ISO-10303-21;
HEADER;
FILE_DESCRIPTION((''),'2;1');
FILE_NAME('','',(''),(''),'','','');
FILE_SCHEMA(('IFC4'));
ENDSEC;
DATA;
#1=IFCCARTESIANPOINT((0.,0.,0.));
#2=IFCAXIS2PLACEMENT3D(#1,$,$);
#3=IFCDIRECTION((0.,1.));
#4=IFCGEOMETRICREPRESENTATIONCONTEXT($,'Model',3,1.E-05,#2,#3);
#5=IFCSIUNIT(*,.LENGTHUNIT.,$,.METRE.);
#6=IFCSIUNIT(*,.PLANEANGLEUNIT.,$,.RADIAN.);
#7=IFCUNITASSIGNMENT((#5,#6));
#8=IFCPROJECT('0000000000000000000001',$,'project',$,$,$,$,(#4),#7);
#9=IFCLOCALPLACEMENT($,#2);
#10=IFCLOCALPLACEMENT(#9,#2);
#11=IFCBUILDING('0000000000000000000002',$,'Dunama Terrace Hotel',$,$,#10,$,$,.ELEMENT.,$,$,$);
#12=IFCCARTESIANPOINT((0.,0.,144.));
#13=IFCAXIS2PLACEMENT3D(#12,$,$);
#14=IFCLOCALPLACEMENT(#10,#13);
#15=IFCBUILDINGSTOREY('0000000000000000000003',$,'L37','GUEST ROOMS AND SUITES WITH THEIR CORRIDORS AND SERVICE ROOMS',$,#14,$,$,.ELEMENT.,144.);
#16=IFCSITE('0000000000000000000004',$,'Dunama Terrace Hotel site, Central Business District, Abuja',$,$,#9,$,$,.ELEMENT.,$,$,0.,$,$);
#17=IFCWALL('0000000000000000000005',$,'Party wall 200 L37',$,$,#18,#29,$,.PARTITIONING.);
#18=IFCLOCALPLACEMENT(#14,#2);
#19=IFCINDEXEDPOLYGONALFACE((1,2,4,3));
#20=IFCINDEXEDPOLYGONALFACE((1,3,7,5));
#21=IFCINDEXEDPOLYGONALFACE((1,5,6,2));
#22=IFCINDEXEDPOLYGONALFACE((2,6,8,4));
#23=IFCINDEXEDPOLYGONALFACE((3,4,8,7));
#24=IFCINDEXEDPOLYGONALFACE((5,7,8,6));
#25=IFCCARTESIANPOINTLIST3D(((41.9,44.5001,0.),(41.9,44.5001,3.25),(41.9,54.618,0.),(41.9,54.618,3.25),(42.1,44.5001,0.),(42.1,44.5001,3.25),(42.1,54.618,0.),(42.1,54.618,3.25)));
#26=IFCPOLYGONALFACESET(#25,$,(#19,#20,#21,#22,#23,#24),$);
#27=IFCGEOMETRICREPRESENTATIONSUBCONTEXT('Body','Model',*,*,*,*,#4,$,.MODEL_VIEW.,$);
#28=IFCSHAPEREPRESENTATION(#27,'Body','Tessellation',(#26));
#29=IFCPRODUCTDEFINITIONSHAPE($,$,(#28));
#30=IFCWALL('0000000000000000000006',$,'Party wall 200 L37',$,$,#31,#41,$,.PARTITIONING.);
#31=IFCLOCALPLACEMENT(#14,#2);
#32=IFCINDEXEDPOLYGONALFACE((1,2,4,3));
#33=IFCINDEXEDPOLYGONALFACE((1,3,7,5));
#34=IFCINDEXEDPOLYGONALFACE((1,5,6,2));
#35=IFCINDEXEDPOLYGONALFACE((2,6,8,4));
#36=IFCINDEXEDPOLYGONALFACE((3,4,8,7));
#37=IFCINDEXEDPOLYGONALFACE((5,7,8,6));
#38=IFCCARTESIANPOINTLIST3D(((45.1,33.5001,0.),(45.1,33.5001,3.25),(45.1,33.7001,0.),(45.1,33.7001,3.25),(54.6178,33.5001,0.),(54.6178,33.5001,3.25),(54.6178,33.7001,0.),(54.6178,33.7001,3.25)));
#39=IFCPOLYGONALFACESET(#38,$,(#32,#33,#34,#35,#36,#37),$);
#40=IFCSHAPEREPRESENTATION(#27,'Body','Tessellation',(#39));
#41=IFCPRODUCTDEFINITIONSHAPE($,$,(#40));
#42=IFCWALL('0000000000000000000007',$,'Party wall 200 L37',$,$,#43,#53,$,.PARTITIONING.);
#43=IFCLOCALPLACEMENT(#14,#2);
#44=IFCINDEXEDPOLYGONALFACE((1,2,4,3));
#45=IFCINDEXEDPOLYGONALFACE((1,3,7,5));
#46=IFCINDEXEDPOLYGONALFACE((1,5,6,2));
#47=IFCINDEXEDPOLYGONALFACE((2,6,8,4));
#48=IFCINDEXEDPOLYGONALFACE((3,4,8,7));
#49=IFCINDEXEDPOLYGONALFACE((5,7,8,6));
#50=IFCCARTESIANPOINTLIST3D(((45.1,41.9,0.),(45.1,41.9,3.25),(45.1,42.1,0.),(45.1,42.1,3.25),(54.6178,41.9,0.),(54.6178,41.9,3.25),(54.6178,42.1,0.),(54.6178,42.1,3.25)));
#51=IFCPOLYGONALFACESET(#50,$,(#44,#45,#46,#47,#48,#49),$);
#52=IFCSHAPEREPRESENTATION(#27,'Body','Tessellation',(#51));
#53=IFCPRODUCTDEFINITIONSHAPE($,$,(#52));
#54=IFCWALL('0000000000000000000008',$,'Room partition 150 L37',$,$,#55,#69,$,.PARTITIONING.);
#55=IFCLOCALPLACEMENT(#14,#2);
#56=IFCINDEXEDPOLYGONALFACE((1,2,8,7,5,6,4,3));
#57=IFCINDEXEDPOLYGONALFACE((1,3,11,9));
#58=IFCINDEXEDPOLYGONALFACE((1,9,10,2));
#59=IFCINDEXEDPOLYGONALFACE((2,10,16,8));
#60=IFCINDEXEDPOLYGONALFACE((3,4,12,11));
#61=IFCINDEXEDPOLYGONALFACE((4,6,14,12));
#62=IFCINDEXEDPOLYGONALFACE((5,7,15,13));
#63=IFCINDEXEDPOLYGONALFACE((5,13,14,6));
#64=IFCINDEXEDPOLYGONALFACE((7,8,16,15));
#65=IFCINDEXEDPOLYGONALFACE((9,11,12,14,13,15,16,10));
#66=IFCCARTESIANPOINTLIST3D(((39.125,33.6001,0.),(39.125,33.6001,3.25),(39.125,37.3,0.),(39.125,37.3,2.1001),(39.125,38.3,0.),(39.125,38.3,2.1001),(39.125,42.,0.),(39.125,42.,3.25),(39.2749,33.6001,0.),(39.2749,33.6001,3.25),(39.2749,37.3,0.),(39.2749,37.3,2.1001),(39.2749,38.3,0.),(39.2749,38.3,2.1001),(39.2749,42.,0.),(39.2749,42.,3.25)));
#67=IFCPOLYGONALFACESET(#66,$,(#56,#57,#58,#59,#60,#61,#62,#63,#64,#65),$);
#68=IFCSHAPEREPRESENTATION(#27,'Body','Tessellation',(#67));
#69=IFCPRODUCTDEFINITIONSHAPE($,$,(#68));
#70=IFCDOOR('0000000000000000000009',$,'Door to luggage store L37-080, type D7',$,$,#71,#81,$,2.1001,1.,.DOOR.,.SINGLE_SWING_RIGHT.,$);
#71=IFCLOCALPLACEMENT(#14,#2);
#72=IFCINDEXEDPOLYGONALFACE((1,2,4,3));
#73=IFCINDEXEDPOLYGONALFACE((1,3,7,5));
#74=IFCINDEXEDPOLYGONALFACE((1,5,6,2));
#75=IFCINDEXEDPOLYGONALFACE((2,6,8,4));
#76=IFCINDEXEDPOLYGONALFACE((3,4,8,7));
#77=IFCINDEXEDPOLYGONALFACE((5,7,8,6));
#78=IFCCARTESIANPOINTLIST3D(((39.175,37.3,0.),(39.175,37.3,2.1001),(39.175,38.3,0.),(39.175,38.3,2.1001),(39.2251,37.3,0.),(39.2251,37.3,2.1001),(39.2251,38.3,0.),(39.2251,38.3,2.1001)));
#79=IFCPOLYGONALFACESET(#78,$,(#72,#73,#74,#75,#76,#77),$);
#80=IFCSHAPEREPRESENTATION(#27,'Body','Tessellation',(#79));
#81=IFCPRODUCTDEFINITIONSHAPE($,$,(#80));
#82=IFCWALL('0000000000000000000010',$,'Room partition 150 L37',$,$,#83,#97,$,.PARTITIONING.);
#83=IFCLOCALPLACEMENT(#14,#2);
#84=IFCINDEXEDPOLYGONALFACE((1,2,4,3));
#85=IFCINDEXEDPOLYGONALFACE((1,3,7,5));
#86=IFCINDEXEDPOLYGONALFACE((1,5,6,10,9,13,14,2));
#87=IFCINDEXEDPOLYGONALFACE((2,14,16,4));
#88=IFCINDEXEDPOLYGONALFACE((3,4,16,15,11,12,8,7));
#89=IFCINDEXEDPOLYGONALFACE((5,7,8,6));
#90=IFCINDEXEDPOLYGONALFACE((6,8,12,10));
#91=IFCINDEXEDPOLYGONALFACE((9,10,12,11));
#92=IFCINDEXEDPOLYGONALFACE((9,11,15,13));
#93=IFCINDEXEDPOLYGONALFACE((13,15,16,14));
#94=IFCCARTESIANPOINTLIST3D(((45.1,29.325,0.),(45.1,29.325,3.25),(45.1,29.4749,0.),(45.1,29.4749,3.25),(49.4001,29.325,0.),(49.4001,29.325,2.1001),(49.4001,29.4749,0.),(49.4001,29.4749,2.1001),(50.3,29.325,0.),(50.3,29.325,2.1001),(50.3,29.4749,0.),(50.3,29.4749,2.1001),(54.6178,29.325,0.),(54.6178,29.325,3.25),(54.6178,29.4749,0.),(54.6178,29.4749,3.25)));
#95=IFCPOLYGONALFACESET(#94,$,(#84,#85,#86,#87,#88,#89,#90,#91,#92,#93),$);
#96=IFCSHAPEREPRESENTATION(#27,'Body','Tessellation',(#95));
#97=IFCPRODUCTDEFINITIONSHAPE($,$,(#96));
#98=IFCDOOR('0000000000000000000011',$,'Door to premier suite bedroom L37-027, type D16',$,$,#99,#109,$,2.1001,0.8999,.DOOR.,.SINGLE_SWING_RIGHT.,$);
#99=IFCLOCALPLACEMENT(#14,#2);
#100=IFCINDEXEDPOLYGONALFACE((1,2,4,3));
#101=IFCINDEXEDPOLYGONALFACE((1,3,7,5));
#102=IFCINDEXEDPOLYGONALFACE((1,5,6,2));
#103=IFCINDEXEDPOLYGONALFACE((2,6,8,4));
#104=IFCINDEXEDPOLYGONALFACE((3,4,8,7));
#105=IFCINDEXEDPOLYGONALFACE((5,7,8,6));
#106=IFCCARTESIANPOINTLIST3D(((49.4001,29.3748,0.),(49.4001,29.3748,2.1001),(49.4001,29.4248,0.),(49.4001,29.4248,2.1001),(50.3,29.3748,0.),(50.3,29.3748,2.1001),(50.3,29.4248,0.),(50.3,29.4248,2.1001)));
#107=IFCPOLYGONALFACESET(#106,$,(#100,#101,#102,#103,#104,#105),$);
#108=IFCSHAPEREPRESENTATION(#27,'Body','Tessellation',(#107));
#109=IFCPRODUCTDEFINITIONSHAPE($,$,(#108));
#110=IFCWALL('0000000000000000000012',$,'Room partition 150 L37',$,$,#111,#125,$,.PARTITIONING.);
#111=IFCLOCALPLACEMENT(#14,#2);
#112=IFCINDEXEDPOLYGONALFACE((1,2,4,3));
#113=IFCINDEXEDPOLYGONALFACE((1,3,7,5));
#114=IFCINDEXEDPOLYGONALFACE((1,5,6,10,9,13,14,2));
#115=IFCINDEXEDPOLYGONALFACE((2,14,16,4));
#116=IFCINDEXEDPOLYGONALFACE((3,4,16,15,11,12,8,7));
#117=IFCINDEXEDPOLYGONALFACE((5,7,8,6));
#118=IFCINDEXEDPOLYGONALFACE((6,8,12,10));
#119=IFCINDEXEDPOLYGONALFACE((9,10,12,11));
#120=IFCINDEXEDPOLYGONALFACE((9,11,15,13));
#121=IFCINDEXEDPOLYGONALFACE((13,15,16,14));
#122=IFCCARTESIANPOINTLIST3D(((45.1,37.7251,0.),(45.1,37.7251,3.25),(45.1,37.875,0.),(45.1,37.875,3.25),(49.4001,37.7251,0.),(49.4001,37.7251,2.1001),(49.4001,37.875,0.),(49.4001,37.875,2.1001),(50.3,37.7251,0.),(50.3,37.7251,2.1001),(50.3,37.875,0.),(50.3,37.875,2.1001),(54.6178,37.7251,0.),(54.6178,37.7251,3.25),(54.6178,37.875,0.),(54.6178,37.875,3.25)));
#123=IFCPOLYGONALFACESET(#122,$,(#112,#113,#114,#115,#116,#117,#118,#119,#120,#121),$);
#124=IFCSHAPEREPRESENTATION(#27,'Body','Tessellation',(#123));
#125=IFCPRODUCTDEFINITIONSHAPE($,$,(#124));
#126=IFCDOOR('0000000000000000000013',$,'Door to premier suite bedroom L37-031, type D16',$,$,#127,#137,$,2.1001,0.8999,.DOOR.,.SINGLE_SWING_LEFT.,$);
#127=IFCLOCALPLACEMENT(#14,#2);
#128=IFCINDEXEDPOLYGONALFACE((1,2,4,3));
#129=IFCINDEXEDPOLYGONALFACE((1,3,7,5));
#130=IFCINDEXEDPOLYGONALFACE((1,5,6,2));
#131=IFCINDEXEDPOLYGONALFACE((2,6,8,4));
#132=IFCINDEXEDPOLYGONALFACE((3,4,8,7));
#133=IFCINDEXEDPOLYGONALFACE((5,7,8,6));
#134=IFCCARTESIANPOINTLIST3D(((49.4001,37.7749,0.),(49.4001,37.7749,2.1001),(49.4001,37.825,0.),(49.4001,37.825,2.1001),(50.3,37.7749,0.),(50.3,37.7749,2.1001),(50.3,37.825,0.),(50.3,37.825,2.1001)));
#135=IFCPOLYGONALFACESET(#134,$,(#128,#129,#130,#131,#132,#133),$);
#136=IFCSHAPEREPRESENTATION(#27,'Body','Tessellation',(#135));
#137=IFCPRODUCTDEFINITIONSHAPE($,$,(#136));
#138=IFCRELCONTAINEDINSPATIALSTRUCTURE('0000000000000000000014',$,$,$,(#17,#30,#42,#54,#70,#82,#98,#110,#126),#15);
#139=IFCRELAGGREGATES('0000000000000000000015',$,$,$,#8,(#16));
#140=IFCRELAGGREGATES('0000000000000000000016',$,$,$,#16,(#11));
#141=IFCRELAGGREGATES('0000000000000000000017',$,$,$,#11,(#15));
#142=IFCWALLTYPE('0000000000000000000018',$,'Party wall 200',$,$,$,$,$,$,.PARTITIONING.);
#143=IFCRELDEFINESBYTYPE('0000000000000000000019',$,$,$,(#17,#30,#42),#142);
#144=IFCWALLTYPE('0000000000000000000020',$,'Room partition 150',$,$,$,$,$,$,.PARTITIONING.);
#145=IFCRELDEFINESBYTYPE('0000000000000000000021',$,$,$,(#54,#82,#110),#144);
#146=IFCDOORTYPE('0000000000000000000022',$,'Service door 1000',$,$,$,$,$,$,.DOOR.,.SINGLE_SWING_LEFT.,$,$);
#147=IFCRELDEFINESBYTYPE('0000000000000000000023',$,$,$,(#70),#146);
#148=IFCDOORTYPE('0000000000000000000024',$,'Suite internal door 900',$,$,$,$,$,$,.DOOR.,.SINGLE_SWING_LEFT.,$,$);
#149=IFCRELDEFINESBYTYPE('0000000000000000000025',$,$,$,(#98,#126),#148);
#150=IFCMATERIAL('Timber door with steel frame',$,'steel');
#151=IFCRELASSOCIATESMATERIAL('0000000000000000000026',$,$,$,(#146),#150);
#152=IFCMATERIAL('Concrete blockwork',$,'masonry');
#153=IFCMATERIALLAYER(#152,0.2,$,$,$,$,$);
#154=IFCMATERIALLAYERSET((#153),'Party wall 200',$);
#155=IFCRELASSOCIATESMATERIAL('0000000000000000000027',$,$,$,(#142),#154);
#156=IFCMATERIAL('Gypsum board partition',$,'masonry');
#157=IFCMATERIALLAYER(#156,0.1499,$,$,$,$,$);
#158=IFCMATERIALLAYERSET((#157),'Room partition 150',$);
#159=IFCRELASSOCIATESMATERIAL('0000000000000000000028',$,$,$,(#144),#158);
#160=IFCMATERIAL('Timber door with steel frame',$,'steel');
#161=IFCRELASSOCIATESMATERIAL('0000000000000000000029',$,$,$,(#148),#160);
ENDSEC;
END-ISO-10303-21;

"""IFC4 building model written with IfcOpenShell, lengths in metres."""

from ifc_helpers import new_model, si_unit, direction, frame, frame_2d, origin, place, context, subcontext, project, spatial, rectangle, extrude, material, layer, layer_set, type_object, element, fill, save


model = new_model("IFC4")

# Units and contexts
model_context = context("Model", 3, precision=1e-05, world=origin(), true_north=direction((0.0, 1.0)))
body_context = subcontext(model_context, "Body", "Model", "MODEL_VIEW")
ifc_project = project(units=[si_unit("LENGTHUNIT", "METRE"), si_unit("PLANEANGLEUNIT", "RADIAN")], contexts=[model_context])

# Site, building, storey
site_placement = place(None, origin())
site = spatial("IfcSite", under=ifc_project, at=site_placement, Name="Dunama Terrace Hotel site, Central Business District, Abuja", CompositionType="ELEMENT", RefElevation=0.0)
building_placement = place(site_placement, origin())
building = spatial("IfcBuilding", under=site, at=building_placement, Name="Dunama Terrace Hotel", CompositionType="ELEMENT")
storey_placement = place(building_placement, frame((0.0, 0.0, 144.0)))
storey = spatial("IfcBuildingStorey", under=building, at=storey_placement, Name="L37", Description="GUEST ROOMS AND SUITES WITH THEIR CORRIDORS AND SERVICE ROOMS", CompositionType="ELEMENT", Elevation=144.0)

# Shared definitions
ifc_material_1 = material(Name="Timber door with steel frame", Category="steel")
door_type_1 = type_object("IfcDoorType", Name="Service door 1000", OperationType="SINGLE_SWING_LEFT", PredefinedType="DOOR", material=ifc_material_1)

# Walls
ifc_material_2 = material(Name="Concrete blockwork", Category="masonry")
ifc_layer_1 = layer(ifc_material_2, 0.2)
ifc_layer_set_1 = layer_set([ifc_layer_1], Name="Party wall 200")
wall_type_1 = type_object("IfcWallType", Name="Party wall 200", PredefinedType="PARTITIONING", material=ifc_layer_set_1)
for number, where, z_axis, x_axis, name in (
    (1, (42.0, 44.5, 0.0), (0.0, 0.0, 1.0), (0.0, 1.0, 0.0), "Party wall 200 L37"),
):
    element("IfcWall", number, at=place(storey_placement, frame(where, z_axis=z_axis, x_axis=x_axis)), inside=storey, type_object=wall_type_1, Name=name, PredefinedType="PARTITIONING", context=body_context, shape_type="SweptSolid", body=[
        extrude(rectangle(XDim=10.1179, YDim=0.2, at=frame_2d((5.0591, 0.0))), origin(), (0.0, 0.0, 1.0), 3.25),
    ])
for number, where, z_axis, x_axis, name in (
    (2, (45.1001, 33.6001, 0.0), (0.0, 0.0, 1.0), (1.0, 0.0, 0.0), "Party wall 200 L37"),
    (3, (45.1001, 42.0, 0.0), (0.0, 0.0, 1.0), (1.0, 0.0, 0.0), "Party wall 200 L37"),
):
    element("IfcWall", number, at=place(storey_placement, frame(where, z_axis=z_axis, x_axis=x_axis)), inside=storey, type_object=wall_type_1, Name=name, PredefinedType="PARTITIONING", context=body_context, shape_type="SweptSolid", body=[
        extrude(rectangle(XDim=9.5178, YDim=0.2, at=frame_2d((4.7588, 0.0))), origin(), (0.0, 0.0, 1.0), 3.25),
    ])

# Walls, openings, doors
ifc_material_3 = material(Name="Gypsum board partition", Category="masonry")
ifc_layer_2 = layer(ifc_material_3, 0.1499)
ifc_layer_set_2 = layer_set([ifc_layer_2], Name="Room partition 150")
wall_type_2 = type_object("IfcWallType", Name="Room partition 150", PredefinedType="PARTITIONING", material=ifc_layer_set_2)
wall_1_placement = place(storey_placement, frame((39.2, 33.6001, 0.0), z_axis=(0.0, 0.0, 1.0), x_axis=(0.0, 1.0, 0.0)))
wall_1 = element("IfcWall", 4, at=wall_1_placement, inside=storey, type_object=wall_type_2, Name="Room partition 150 L37", PredefinedType="PARTITIONING", context=body_context, shape_type="SweptSolid", body=[
    extrude(rectangle(XDim=8.3999, YDim=0.1499, at=frame_2d((4.2, 0.0))), origin(), (0.0, 0.0, 1.0), 3.25),
])
opening_1_placement = place(wall_1_placement, frame((3.7, 0.0, 0.0)))
opening_1 = element("IfcOpeningElement", 5, at=opening_1_placement, cuts=wall_1, PredefinedType="OPENING", context=body_context, shape_type="SweptSolid", body=[
    extrude(rectangle(XDim=1.0, YDim=2.1001, at=frame_2d((0.5, 1.05))), frame((0.0, 0.085, 0.0), z_axis=(0.0, -1.0, 0.0), x_axis=(1.0, 0.0, 0.0)), (0.0, 0.0, 1.0), 0.1699),
])
door_1_placement = place(opening_1_placement, frame((1.0, 0.0, 0.0), z_axis=(0.0, 0.0, 1.0), x_axis=(-1.0, 0.0, 0.0)))
door_1 = element("IfcDoor", 6, at=door_1_placement, inside=storey, type_object=door_type_1, Name="Door to luggage store L37-080, type D7", OperationType="SINGLE_SWING_RIGHT", OverallHeight=2.1001, OverallWidth=1.0, PredefinedType="DOOR", context=body_context, shape_type="SweptSolid", body=[
    extrude(rectangle(XDim=1.0, YDim=2.1001, at=frame_2d((0.5, 1.05))), frame((0.0, 0.0251, 0.0), z_axis=(0.0, -1.0, 0.0), x_axis=(1.0, 0.0, 0.0)), (0.0, 0.0, 1.0), 0.05),
])
fill(opening_1, door_1)
wall_2_placement = place(storey_placement, frame((45.1001, 29.3999, 0.0), z_axis=(0.0, 0.0, 1.0), x_axis=(1.0, 0.0, 0.0)))
wall_2 = element("IfcWall", 7, at=wall_2_placement, inside=storey, type_object=wall_type_2, Name="Room partition 150 L37", PredefinedType="PARTITIONING", context=body_context, shape_type="SweptSolid", body=[
    extrude(rectangle(XDim=9.5178, YDim=0.1499, at=frame_2d((4.7588, 0.0))), origin(), (0.0, 0.0, 1.0), 3.25),
])
opening_2_placement = place(wall_2_placement, frame((4.3, 0.0, 0.0)))
opening_2 = element("IfcOpeningElement", 8, at=opening_2_placement, cuts=wall_2, PredefinedType="OPENING", context=body_context, shape_type="SweptSolid", body=[
    extrude(rectangle(XDim=0.8999, YDim=2.1001, at=frame_2d((0.45, 1.05))), frame((0.0, 0.085, 0.0), z_axis=(0.0, -1.0, 0.0), x_axis=(1.0, 0.0, 0.0)), (0.0, 0.0, 1.0), 0.1699),
])
ifc_material_4 = material(Name="Timber door with steel frame", Category="steel")
door_type_2 = type_object("IfcDoorType", Name="Suite internal door 900", OperationType="SINGLE_SWING_LEFT", PredefinedType="DOOR", material=ifc_material_4)
door_2_placement = place(opening_2_placement, frame((0.8999, 0.0, 0.0), z_axis=(0.0, 0.0, 1.0), x_axis=(-1.0, 0.0, 0.0)))
door_2 = element("IfcDoor", 9, at=door_2_placement, inside=storey, type_object=door_type_2, Name="Door to premier suite bedroom L37-027, type D16", OperationType="SINGLE_SWING_RIGHT", OverallHeight=2.1001, OverallWidth=0.8999, PredefinedType="DOOR", context=body_context, shape_type="SweptSolid", body=[
    extrude(rectangle(XDim=0.8999, YDim=2.1001, at=frame_2d((0.45, 1.05))), frame((0.0, 0.0251, 0.0), z_axis=(0.0, -1.0, 0.0), x_axis=(1.0, 0.0, 0.0)), (0.0, 0.0, 1.0), 0.05),
])
fill(opening_2, door_2)
wall_3_placement = place(storey_placement, frame((45.1001, 37.8, 0.0), z_axis=(0.0, 0.0, 1.0), x_axis=(1.0, 0.0, 0.0)))
wall_3 = element("IfcWall", 10, at=wall_3_placement, inside=storey, type_object=wall_type_2, Name="Room partition 150 L37", PredefinedType="PARTITIONING", context=body_context, shape_type="SweptSolid", body=[
    extrude(rectangle(XDim=9.5178, YDim=0.1499, at=frame_2d((4.7588, 0.0))), origin(), (0.0, 0.0, 1.0), 3.25),
])
opening_3_placement = place(wall_3_placement, frame((4.3, 0.0, 0.0)))
opening_3 = element("IfcOpeningElement", 11, at=opening_3_placement, cuts=wall_3, PredefinedType="OPENING", context=body_context, shape_type="SweptSolid", body=[
    extrude(rectangle(XDim=0.8999, YDim=2.1001, at=frame_2d((0.45, 1.05))), frame((0.0, 0.085, 0.0), z_axis=(0.0, -1.0, 0.0), x_axis=(1.0, 0.0, 0.0)), (0.0, 0.0, 1.0), 0.1699),
])
door_3_placement = place(opening_3_placement, origin())
door_3 = element("IfcDoor", 12, at=door_3_placement, inside=storey, type_object=door_type_2, Name="Door to premier suite bedroom L37-031, type D16", OperationType="SINGLE_SWING_LEFT", OverallHeight=2.1001, OverallWidth=0.8999, PredefinedType="DOOR", context=body_context, shape_type="SweptSolid", body=[
    extrude(rectangle(XDim=0.8999, YDim=2.1001, at=frame_2d((0.45, 1.05))), frame((0.0, 0.0249, 0.0), z_axis=(0.0, -1.0, 0.0), x_axis=(1.0, 0.0, 0.0)), (0.0, 0.0, 1.0), 0.05),
])
fill(opening_3, door_3)

save(model, "model.ifc")
